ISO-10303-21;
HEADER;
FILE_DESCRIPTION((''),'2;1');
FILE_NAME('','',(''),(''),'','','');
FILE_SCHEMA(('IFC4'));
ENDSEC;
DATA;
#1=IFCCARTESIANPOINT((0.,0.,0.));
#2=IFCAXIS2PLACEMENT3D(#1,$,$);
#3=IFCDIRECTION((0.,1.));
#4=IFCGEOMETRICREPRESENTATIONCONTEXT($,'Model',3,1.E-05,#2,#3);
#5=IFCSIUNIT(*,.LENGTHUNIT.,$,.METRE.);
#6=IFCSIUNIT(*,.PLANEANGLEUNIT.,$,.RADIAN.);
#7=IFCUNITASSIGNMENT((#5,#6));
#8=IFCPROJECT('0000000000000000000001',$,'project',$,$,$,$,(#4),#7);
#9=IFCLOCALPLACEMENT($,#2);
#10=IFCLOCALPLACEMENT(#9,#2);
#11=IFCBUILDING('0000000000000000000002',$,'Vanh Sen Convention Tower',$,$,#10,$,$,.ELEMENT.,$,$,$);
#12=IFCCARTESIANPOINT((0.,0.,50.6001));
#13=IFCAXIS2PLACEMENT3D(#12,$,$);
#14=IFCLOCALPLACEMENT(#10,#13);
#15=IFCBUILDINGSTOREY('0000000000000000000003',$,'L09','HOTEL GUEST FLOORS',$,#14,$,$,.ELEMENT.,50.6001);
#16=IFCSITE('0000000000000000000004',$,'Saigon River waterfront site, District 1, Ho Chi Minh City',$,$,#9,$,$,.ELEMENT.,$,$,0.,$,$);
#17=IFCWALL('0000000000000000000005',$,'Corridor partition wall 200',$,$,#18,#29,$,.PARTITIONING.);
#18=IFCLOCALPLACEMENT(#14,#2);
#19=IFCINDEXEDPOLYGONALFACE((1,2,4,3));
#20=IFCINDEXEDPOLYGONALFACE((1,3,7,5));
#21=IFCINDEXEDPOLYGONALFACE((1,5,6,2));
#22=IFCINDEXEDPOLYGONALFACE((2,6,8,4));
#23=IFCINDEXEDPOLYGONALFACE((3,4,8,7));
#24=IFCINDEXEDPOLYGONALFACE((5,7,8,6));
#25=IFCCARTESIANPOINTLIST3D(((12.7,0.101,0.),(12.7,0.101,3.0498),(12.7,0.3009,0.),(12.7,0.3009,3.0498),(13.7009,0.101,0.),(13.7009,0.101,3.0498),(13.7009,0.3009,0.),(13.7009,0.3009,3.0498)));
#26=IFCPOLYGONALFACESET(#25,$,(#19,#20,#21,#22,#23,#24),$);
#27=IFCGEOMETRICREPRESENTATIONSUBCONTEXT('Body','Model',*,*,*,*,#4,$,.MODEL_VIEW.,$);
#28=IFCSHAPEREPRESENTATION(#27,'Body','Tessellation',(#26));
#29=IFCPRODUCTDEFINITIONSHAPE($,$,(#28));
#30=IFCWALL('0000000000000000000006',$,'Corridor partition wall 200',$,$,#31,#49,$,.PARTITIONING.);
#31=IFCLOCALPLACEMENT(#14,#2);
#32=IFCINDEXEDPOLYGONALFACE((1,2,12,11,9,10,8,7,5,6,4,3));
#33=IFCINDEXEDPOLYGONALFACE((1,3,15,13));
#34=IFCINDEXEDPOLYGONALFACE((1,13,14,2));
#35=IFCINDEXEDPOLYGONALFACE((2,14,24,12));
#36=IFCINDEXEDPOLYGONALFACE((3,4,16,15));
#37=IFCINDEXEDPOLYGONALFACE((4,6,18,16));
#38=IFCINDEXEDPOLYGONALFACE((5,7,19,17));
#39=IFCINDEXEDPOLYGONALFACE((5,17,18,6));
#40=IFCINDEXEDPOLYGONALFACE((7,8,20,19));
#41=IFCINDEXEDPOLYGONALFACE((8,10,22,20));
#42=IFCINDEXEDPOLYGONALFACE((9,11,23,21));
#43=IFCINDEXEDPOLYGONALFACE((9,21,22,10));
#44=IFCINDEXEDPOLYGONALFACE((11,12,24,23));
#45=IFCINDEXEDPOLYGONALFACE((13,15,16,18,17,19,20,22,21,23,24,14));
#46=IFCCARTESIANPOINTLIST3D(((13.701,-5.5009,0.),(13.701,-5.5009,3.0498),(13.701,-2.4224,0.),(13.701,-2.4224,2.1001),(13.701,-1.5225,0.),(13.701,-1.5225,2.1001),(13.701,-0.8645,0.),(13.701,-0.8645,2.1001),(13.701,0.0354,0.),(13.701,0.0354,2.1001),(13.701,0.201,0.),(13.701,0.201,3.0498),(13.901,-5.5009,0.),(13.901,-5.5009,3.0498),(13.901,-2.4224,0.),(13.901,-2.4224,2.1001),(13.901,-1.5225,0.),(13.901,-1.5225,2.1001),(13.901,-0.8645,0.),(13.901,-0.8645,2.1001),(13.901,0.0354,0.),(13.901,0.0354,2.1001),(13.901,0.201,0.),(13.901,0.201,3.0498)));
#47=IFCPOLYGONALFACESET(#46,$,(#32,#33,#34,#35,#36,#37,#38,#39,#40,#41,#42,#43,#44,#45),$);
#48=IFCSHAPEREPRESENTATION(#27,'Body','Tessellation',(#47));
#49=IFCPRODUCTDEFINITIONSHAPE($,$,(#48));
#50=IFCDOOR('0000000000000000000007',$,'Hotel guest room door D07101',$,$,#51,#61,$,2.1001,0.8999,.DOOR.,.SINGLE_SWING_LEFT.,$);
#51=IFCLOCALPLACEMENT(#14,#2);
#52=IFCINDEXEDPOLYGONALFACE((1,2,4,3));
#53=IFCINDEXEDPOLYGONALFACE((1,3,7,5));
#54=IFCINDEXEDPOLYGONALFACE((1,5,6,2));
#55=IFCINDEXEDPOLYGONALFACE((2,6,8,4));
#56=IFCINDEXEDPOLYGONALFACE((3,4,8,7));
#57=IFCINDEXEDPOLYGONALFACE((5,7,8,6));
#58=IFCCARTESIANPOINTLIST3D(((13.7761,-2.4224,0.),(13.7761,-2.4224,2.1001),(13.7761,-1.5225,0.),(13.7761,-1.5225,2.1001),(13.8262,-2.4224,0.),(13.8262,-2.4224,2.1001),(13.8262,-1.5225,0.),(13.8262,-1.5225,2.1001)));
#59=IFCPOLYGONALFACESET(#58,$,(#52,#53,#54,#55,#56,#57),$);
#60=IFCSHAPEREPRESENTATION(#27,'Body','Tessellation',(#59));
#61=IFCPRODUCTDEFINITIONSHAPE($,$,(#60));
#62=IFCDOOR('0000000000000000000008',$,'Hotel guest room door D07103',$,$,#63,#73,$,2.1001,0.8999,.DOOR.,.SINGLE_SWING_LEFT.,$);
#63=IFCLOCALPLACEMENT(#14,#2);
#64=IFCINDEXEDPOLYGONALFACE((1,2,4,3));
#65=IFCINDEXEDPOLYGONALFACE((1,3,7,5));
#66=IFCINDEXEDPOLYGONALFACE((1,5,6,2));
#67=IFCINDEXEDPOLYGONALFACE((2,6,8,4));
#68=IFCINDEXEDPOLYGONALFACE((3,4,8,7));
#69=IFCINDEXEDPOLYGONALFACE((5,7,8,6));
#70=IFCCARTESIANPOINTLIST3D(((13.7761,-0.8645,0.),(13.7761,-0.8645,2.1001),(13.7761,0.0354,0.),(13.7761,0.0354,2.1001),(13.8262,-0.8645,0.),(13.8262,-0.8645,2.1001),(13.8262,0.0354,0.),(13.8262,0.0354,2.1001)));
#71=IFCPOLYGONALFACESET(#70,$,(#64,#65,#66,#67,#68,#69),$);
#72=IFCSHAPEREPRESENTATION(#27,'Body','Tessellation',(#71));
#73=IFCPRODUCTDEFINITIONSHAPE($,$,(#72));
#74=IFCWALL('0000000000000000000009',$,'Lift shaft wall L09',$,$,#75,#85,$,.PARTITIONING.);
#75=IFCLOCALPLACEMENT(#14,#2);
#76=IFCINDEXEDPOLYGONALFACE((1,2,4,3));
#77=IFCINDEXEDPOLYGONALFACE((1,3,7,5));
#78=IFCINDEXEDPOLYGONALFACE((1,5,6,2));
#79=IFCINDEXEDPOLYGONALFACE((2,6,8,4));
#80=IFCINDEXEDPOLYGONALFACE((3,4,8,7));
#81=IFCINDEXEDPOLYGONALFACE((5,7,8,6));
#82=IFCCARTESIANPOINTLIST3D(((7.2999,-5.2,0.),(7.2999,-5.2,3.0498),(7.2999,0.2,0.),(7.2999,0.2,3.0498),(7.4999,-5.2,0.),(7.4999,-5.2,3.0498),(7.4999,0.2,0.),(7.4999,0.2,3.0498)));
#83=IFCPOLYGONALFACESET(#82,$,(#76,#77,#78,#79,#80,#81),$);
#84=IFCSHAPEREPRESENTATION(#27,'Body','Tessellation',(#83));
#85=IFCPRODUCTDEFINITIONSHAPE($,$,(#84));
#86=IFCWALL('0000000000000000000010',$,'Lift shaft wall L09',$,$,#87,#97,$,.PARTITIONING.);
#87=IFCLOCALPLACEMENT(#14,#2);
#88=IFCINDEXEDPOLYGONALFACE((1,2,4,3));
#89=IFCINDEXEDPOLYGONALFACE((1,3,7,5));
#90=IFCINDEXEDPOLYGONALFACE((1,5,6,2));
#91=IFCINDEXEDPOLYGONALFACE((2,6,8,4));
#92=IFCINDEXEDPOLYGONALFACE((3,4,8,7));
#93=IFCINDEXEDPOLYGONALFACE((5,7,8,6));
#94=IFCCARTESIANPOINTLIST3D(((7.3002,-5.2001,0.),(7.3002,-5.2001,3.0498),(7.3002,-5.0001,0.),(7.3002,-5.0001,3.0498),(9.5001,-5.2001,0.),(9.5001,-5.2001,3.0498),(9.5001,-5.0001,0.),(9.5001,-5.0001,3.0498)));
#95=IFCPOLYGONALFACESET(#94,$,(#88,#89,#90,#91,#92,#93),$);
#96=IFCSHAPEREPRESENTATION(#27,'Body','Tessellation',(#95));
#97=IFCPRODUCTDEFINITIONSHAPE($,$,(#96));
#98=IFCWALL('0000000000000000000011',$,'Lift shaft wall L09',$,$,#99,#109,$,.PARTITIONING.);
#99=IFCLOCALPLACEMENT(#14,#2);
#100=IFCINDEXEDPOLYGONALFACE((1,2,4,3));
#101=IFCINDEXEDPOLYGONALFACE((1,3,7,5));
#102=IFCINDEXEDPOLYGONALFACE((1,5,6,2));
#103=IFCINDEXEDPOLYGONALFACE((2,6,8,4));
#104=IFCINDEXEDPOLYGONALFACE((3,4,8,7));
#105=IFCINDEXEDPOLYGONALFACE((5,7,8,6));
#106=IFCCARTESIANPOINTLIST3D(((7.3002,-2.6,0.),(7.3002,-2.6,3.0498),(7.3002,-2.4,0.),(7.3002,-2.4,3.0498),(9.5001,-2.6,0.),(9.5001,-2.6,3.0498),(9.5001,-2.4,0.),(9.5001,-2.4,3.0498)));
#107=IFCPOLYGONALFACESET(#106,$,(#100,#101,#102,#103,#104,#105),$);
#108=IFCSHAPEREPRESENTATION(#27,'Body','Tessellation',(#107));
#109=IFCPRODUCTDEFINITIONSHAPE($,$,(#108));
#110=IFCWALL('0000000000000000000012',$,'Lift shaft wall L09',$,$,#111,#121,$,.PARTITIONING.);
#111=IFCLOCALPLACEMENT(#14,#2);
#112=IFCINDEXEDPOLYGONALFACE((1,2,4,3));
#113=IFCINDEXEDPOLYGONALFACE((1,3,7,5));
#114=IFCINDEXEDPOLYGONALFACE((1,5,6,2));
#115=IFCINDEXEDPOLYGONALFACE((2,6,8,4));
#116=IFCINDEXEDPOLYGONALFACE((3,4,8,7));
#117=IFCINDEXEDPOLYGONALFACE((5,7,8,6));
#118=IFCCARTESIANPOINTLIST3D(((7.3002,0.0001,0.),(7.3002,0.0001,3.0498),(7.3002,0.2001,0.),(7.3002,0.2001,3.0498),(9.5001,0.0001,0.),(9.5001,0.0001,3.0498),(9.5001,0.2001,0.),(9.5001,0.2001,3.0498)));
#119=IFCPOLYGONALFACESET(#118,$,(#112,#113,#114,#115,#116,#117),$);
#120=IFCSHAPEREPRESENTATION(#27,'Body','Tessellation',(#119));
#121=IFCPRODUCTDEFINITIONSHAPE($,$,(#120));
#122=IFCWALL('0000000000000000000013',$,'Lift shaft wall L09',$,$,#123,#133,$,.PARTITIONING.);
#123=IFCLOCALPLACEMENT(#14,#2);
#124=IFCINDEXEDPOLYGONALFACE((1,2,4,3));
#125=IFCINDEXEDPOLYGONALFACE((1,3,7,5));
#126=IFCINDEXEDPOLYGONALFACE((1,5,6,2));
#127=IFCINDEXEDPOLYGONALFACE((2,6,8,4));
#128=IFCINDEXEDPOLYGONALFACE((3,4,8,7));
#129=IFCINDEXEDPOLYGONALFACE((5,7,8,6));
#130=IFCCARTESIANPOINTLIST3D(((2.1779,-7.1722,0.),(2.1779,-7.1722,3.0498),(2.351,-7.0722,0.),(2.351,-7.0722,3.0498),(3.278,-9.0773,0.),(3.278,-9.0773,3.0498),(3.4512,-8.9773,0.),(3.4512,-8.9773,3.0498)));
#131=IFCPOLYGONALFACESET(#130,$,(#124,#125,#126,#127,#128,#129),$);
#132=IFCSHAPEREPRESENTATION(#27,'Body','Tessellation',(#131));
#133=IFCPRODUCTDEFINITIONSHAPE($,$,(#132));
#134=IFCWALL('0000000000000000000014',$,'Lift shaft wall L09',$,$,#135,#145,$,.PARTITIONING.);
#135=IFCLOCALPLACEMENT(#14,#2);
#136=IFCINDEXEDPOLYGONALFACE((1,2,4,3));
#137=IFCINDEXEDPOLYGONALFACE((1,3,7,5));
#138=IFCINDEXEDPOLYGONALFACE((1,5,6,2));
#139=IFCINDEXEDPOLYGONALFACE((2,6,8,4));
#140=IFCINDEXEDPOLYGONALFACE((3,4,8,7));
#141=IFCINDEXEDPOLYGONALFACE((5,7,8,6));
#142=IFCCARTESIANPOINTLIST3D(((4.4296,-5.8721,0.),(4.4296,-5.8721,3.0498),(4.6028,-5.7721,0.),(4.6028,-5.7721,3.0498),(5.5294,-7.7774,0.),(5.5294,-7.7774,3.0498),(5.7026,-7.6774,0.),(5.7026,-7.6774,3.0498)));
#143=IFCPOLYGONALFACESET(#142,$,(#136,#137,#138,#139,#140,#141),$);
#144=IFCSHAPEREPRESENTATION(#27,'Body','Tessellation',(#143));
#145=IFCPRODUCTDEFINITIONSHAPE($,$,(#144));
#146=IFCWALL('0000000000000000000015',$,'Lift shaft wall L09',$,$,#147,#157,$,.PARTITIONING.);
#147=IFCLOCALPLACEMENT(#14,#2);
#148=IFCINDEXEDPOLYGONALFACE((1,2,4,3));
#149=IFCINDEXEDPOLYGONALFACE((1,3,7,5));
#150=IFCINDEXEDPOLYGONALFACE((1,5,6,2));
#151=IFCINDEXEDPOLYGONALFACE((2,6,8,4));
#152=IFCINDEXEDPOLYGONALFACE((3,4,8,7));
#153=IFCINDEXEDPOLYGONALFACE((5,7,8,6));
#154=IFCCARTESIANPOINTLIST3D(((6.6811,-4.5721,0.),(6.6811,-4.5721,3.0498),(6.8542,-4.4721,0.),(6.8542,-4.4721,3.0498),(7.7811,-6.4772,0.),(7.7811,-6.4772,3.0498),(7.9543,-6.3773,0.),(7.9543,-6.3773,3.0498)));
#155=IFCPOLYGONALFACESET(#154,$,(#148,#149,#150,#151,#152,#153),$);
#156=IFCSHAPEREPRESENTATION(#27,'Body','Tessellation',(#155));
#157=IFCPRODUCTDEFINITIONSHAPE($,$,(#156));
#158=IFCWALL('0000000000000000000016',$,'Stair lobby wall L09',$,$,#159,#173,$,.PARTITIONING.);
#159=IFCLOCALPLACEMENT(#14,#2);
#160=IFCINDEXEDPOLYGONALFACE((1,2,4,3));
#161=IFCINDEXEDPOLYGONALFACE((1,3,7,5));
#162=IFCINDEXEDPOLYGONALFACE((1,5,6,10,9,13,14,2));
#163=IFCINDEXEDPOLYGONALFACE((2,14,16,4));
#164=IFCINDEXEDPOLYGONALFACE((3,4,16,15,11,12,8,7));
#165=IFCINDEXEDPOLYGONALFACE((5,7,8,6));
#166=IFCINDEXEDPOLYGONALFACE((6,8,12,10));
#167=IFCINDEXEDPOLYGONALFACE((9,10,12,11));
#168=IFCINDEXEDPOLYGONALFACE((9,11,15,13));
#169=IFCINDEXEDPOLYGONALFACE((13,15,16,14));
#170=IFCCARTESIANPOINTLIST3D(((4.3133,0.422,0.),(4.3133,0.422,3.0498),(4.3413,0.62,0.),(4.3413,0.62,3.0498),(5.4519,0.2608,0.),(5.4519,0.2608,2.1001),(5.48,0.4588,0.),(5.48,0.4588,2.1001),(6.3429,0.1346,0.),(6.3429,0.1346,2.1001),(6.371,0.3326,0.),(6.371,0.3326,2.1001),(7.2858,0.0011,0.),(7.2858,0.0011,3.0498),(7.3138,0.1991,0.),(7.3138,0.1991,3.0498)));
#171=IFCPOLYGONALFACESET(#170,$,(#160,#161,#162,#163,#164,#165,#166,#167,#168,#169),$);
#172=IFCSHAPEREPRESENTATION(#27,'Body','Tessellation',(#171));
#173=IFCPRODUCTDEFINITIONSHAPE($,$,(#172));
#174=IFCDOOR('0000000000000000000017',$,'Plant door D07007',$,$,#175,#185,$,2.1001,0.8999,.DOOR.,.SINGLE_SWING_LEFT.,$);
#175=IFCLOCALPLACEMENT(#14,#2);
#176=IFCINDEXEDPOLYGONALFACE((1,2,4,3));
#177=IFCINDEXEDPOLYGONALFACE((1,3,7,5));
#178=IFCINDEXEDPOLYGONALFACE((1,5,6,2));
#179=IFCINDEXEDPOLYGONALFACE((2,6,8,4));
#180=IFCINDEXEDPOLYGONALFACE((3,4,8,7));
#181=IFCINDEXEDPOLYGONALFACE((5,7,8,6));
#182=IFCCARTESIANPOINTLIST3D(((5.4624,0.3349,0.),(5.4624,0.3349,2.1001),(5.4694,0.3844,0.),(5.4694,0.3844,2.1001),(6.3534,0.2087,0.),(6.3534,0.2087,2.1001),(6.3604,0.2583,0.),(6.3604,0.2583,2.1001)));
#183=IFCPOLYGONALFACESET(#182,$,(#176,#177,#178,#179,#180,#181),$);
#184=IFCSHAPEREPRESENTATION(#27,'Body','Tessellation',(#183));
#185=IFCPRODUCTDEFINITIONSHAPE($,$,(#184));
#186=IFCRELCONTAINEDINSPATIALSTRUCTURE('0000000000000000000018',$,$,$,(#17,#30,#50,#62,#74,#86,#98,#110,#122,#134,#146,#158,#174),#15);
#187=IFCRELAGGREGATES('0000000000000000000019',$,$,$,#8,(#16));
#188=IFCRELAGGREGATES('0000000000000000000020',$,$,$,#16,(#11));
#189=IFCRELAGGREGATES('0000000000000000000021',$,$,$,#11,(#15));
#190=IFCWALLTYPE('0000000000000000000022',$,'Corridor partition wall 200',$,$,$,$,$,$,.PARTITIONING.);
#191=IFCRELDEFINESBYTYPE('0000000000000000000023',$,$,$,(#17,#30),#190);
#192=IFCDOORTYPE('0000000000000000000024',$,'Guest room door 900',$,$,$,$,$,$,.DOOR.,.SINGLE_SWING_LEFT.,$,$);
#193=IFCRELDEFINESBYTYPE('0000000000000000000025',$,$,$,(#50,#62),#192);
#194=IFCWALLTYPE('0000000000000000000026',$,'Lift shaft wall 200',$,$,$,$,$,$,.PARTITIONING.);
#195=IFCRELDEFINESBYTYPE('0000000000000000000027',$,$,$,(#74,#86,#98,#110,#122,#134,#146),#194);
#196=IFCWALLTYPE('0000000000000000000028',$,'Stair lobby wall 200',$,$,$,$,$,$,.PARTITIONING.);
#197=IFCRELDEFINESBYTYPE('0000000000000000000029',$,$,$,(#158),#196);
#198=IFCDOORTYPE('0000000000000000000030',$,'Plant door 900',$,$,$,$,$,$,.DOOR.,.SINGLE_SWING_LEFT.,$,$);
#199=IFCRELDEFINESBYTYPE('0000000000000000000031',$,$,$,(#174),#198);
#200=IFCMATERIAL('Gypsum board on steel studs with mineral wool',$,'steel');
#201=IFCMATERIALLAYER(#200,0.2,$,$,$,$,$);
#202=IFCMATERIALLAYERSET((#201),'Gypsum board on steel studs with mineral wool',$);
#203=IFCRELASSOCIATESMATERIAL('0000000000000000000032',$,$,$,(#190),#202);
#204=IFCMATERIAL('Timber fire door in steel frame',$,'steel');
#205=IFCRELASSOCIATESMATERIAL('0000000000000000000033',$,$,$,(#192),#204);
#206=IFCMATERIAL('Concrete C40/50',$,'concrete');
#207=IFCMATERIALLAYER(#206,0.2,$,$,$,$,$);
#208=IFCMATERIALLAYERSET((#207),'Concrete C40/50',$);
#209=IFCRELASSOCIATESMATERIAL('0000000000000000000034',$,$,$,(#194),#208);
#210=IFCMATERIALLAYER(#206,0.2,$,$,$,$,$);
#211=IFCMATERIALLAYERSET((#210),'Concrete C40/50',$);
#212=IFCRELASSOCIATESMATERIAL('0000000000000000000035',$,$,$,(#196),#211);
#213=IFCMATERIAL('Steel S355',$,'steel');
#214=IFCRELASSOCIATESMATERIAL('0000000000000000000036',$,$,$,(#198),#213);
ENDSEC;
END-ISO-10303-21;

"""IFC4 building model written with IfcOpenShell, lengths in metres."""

from ifc_helpers import new_model, si_unit, direction, frame, frame_2d, origin, place, context, subcontext, project, spatial, rectangle, extrude, material, layer, layer_set, type_object, element, fill, save


model = new_model("IFC4")

# Units and contexts
model_context = context("Model", 3, precision=1e-05, world=origin(), true_north=direction((0.0, 1.0)))
body_context = subcontext(model_context, "Body", "Model", "MODEL_VIEW")
ifc_project = project(units=[si_unit("LENGTHUNIT", "METRE"), si_unit("PLANEANGLEUNIT", "RADIAN")], contexts=[model_context])

# Site, building, storey
site_placement = place(None, origin())
site = spatial("IfcSite", under=ifc_project, at=site_placement, Name="Saigon River waterfront site, District 1, Ho Chi Minh City", CompositionType="ELEMENT", RefElevation=0.0)
building_placement = place(site_placement, origin())
building = spatial("IfcBuilding", under=site, at=building_placement, Name="Vanh Sen Convention Tower", CompositionType="ELEMENT")
storey_placement = place(building_placement, frame((0.0, 0.0, 50.6001)))
storey = spatial("IfcBuildingStorey", under=building, at=storey_placement, Name="L09", Description="HOTEL GUEST FLOORS", CompositionType="ELEMENT", Elevation=50.6001)

# Shared definitions
ifc_material_1 = material(Name="Steel S355", Category="steel")

# Shared definitions
ifc_material_2 = material(Name="Gypsum board on steel studs with mineral wool", Category="steel")
ifc_layer_1 = layer(ifc_material_2, 0.2)
ifc_layer_set_1 = layer_set([ifc_layer_1], Name="Gypsum board on steel studs with mineral wool")
wall_type_1 = type_object("IfcWallType", Name="Corridor partition wall 200", PredefinedType="PARTITIONING", material=ifc_layer_set_1)

# Shared definitions
ifc_material_3 = material(Name="Timber fire door in steel frame", Category="steel")

# Wall
wall_1_placement = place(storey_placement, frame((13.7009, 0.2009, 0.0), z_axis=(0.0, 0.0, 1.0), x_axis=(-1.0, 0.0, 0.0)))
element("IfcWall", 1, at=wall_1_placement, inside=storey, type_object=wall_type_1, Name="Corridor partition wall 200", PredefinedType="PARTITIONING", context=body_context, shape_type="SweptSolid", body=[
    extrude(rectangle(XDim=1.001, YDim=0.2, at=frame_2d((0.5005, 0.0))), origin(), (0.0, 0.0, 1.0), 3.0498),
])

# Wall, openings, doors
wall_2_placement = place(storey_placement, frame((13.801, -5.501, 0.0), z_axis=(0.0, 0.0, 1.0), x_axis=(0.0, 1.0, 0.0)))
wall_2 = element("IfcWall", 2, at=wall_2_placement, inside=storey, type_object=wall_type_1, Name="Corridor partition wall 200", PredefinedType="PARTITIONING", context=body_context, shape_type="SweptSolid", body=[
    extrude(rectangle(XDim=5.7019, YDim=0.2, at=frame_2d((2.8511, 0.0))), origin(), (0.0, 0.0, 1.0), 3.0498),
])
opening_1_placement = place(wall_2_placement, frame((3.0786, 0.0, 0.0)))
opening_1 = element("IfcOpeningElement", 3, at=opening_1_placement, cuts=wall_2, PredefinedType="OPENING", context=body_context, shape_type="SweptSolid", body=[
    extrude(rectangle(XDim=0.8999, YDim=2.1001, at=frame_2d((0.45, 1.05))), frame((0.0, 0.1099, 0.0), z_axis=(0.0, -1.0, 0.0), x_axis=(1.0, 0.0, 0.0)), (0.0, 0.0, 1.0), 0.22),
])
opening_2_placement = place(wall_2_placement, frame((4.6365, 0.0, 0.0)))
opening_2 = element("IfcOpeningElement", 4, at=opening_2_placement, cuts=wall_2, PredefinedType="OPENING", context=body_context, shape_type="SweptSolid", body=[
    extrude(rectangle(XDim=0.8999, YDim=2.1001, at=frame_2d((0.45, 1.05))), frame((0.0, 0.1099, 0.0), z_axis=(0.0, -1.0, 0.0), x_axis=(1.0, 0.0, 0.0)), (0.0, 0.0, 1.0), 0.22),
])
door_type_1 = type_object("IfcDoorType", Name="Guest room door 900", OperationType="SINGLE_SWING_LEFT", PredefinedType="DOOR", material=ifc_material_3)
door_1_placement = place(opening_1_placement, origin())
door_1 = element("IfcDoor", 5, at=door_1_placement, inside=storey, type_object=door_type_1, Name="Hotel guest room door D07101", OperationType="SINGLE_SWING_LEFT", OverallHeight=2.1001, OverallWidth=0.8999, PredefinedType="DOOR", context=body_context, shape_type="SweptSolid", body=[
    extrude(rectangle(XDim=0.8999, YDim=2.1001, at=frame_2d((0.45, 1.05))), frame((0.0, 0.0249, 0.0), z_axis=(0.0, -1.0, 0.0), x_axis=(1.0, 0.0, 0.0)), (0.0, 0.0, 1.0), 0.05),
])
fill(opening_1, door_1)
door_2_placement = place(opening_2_placement, origin())
door_2 = element("IfcDoor", 6, at=door_2_placement, inside=storey, type_object=door_type_1, Name="Hotel guest room door D07103", OperationType="SINGLE_SWING_LEFT", OverallHeight=2.1001, OverallWidth=0.8999, PredefinedType="DOOR", context=body_context, shape_type="SweptSolid", body=[
    extrude(rectangle(XDim=0.8999, YDim=2.1001, at=frame_2d((0.45, 1.05))), frame((0.0, 0.0249, 0.0), z_axis=(0.0, -1.0, 0.0), x_axis=(1.0, 0.0, 0.0)), (0.0, 0.0, 1.0), 0.05),
])
fill(opening_2, door_2)

# Walls
ifc_material_4 = material(Name="Concrete C40/50", Category="concrete")
ifc_layer_2 = layer(ifc_material_4, 0.2)
ifc_layer_set_2 = layer_set([ifc_layer_2], Name="Concrete C40/50")
wall_type_2 = type_object("IfcWallType", Name="Lift shaft wall 200", PredefinedType="PARTITIONING", material=ifc_layer_set_2)
wall_3_placement = place(storey_placement, frame((7.3999, -5.2, 0.0), z_axis=(0.0, 0.0, 1.0), x_axis=(0.0, 1.0, 0.0)))
element("IfcWall", 7, at=wall_3_placement, inside=storey, type_object=wall_type_2, Name="Lift shaft wall L09", PredefinedType="PARTITIONING", context=body_context, shape_type="SweptSolid", body=[
    extrude(rectangle(XDim=5.3999, YDim=0.2, at=frame_2d((2.7, 0.0))), origin(), (0.0, 0.0, 1.0), 3.0498),
])
for number, where, z_axis, x_axis, name in (
    (8, (7.3, -5.1001, 0.0), (0.0, 0.0, 1.0), (1.0, 0.0, 0.0), "Lift shaft wall L09"),
    (9, (7.3, -2.5, 0.0), (0.0, 0.0, 1.0), (1.0, 0.0, 0.0), "Lift shaft wall L09"),
    (10, (7.3, 0.1001, 0.0), (0.0, 0.0, 1.0), (1.0, 0.0, 0.0), "Lift shaft wall L09"),
    (11, (2.2644, -7.1221, 0.0), (0.0, 0.0, 1.0), (0.500078, -0.86598, 0.0), "Lift shaft wall L09"),
    (12, (4.5161, -5.822, 0.0), (0.0, 0.0, 1.0), (0.499947, -0.866056, 0.0), "Lift shaft wall L09"),
    (13, (6.7676, -4.522, 0.0), (0.0, 0.0, 1.0), (0.50003, -0.866008, 0.0), "Lift shaft wall L09"),
):
    element("IfcWall", number, at=place(storey_placement, frame(where, z_axis=z_axis, x_axis=x_axis)), inside=storey, type_object=wall_type_2, Name=name, PredefinedType="PARTITIONING", context=body_context, shape_type="SweptSolid", body=[
        extrude(rectangle(XDim=2.2, YDim=0.2, at=frame_2d((1.1001, 0.0))), origin(), (0.0, 0.0, 1.0), 3.0498),
    ])

# Wall, opening, door
ifc_layer_3 = layer(ifc_material_4, 0.2)
ifc_layer_set_3 = layer_set([ifc_layer_3], Name="Concrete C40/50")
wall_type_3 = type_object("IfcWallType", Name="Stair lobby wall 200", PredefinedType="PARTITIONING", material=ifc_layer_set_3)
wall_4_placement = place(storey_placement, frame((4.3274, 0.521, 0.0), z_axis=(0.0, 0.0, 1.0), x_axis=(0.990124, -0.140192, 0.0)))
wall_4 = element("IfcWall", 14, at=wall_4_placement, inside=storey, type_object=wall_type_3, Name="Stair lobby wall L09", PredefinedType="PARTITIONING", context=body_context, shape_type="SweptSolid", body=[
    extrude(rectangle(XDim=3.0022, YDim=0.2, at=frame_2d((1.501, 0.0))), origin(), (0.0, 0.0, 1.0), 3.0498),
])
opening_3_placement = place(wall_4_placement, frame((1.1499, 0.0, 0.0)))
opening_3 = element("IfcOpeningElement", 15, at=opening_3_placement, cuts=wall_4, PredefinedType="OPENING", context=body_context, shape_type="SweptSolid", body=[
    extrude(rectangle(XDim=0.8999, YDim=2.1001, at=frame_2d((0.45, 1.05))), frame((0.0, 0.1099, 0.0), z_axis=(0.0, -1.0, 0.0), x_axis=(1.0, 0.0, 0.0)), (0.0, 0.0, 1.0), 0.22),
])
door_type_2 = type_object("IfcDoorType", Name="Plant door 900", OperationType="SINGLE_SWING_LEFT", PredefinedType="DOOR", material=ifc_material_1)
door_3_placement = place(opening_3_placement, origin())
door_3 = element("IfcDoor", 16, at=door_3_placement, inside=storey, type_object=door_type_2, Name="Plant door D07007", OperationType="SINGLE_SWING_LEFT", OverallHeight=2.1001, OverallWidth=0.8999, PredefinedType="DOOR", context=body_context, shape_type="SweptSolid", body=[
    extrude(rectangle(XDim=0.8999, YDim=2.1001, at=frame_2d((0.45, 1.05))), frame((0.0, 0.0249, 0.0), z_axis=(0.0, -1.0, 0.0), x_axis=(1.0, 0.0, 0.0)), (0.0, 0.0, 1.0), 0.05),
])
fill(opening_3, door_3)

save(model, "model.ifc")
